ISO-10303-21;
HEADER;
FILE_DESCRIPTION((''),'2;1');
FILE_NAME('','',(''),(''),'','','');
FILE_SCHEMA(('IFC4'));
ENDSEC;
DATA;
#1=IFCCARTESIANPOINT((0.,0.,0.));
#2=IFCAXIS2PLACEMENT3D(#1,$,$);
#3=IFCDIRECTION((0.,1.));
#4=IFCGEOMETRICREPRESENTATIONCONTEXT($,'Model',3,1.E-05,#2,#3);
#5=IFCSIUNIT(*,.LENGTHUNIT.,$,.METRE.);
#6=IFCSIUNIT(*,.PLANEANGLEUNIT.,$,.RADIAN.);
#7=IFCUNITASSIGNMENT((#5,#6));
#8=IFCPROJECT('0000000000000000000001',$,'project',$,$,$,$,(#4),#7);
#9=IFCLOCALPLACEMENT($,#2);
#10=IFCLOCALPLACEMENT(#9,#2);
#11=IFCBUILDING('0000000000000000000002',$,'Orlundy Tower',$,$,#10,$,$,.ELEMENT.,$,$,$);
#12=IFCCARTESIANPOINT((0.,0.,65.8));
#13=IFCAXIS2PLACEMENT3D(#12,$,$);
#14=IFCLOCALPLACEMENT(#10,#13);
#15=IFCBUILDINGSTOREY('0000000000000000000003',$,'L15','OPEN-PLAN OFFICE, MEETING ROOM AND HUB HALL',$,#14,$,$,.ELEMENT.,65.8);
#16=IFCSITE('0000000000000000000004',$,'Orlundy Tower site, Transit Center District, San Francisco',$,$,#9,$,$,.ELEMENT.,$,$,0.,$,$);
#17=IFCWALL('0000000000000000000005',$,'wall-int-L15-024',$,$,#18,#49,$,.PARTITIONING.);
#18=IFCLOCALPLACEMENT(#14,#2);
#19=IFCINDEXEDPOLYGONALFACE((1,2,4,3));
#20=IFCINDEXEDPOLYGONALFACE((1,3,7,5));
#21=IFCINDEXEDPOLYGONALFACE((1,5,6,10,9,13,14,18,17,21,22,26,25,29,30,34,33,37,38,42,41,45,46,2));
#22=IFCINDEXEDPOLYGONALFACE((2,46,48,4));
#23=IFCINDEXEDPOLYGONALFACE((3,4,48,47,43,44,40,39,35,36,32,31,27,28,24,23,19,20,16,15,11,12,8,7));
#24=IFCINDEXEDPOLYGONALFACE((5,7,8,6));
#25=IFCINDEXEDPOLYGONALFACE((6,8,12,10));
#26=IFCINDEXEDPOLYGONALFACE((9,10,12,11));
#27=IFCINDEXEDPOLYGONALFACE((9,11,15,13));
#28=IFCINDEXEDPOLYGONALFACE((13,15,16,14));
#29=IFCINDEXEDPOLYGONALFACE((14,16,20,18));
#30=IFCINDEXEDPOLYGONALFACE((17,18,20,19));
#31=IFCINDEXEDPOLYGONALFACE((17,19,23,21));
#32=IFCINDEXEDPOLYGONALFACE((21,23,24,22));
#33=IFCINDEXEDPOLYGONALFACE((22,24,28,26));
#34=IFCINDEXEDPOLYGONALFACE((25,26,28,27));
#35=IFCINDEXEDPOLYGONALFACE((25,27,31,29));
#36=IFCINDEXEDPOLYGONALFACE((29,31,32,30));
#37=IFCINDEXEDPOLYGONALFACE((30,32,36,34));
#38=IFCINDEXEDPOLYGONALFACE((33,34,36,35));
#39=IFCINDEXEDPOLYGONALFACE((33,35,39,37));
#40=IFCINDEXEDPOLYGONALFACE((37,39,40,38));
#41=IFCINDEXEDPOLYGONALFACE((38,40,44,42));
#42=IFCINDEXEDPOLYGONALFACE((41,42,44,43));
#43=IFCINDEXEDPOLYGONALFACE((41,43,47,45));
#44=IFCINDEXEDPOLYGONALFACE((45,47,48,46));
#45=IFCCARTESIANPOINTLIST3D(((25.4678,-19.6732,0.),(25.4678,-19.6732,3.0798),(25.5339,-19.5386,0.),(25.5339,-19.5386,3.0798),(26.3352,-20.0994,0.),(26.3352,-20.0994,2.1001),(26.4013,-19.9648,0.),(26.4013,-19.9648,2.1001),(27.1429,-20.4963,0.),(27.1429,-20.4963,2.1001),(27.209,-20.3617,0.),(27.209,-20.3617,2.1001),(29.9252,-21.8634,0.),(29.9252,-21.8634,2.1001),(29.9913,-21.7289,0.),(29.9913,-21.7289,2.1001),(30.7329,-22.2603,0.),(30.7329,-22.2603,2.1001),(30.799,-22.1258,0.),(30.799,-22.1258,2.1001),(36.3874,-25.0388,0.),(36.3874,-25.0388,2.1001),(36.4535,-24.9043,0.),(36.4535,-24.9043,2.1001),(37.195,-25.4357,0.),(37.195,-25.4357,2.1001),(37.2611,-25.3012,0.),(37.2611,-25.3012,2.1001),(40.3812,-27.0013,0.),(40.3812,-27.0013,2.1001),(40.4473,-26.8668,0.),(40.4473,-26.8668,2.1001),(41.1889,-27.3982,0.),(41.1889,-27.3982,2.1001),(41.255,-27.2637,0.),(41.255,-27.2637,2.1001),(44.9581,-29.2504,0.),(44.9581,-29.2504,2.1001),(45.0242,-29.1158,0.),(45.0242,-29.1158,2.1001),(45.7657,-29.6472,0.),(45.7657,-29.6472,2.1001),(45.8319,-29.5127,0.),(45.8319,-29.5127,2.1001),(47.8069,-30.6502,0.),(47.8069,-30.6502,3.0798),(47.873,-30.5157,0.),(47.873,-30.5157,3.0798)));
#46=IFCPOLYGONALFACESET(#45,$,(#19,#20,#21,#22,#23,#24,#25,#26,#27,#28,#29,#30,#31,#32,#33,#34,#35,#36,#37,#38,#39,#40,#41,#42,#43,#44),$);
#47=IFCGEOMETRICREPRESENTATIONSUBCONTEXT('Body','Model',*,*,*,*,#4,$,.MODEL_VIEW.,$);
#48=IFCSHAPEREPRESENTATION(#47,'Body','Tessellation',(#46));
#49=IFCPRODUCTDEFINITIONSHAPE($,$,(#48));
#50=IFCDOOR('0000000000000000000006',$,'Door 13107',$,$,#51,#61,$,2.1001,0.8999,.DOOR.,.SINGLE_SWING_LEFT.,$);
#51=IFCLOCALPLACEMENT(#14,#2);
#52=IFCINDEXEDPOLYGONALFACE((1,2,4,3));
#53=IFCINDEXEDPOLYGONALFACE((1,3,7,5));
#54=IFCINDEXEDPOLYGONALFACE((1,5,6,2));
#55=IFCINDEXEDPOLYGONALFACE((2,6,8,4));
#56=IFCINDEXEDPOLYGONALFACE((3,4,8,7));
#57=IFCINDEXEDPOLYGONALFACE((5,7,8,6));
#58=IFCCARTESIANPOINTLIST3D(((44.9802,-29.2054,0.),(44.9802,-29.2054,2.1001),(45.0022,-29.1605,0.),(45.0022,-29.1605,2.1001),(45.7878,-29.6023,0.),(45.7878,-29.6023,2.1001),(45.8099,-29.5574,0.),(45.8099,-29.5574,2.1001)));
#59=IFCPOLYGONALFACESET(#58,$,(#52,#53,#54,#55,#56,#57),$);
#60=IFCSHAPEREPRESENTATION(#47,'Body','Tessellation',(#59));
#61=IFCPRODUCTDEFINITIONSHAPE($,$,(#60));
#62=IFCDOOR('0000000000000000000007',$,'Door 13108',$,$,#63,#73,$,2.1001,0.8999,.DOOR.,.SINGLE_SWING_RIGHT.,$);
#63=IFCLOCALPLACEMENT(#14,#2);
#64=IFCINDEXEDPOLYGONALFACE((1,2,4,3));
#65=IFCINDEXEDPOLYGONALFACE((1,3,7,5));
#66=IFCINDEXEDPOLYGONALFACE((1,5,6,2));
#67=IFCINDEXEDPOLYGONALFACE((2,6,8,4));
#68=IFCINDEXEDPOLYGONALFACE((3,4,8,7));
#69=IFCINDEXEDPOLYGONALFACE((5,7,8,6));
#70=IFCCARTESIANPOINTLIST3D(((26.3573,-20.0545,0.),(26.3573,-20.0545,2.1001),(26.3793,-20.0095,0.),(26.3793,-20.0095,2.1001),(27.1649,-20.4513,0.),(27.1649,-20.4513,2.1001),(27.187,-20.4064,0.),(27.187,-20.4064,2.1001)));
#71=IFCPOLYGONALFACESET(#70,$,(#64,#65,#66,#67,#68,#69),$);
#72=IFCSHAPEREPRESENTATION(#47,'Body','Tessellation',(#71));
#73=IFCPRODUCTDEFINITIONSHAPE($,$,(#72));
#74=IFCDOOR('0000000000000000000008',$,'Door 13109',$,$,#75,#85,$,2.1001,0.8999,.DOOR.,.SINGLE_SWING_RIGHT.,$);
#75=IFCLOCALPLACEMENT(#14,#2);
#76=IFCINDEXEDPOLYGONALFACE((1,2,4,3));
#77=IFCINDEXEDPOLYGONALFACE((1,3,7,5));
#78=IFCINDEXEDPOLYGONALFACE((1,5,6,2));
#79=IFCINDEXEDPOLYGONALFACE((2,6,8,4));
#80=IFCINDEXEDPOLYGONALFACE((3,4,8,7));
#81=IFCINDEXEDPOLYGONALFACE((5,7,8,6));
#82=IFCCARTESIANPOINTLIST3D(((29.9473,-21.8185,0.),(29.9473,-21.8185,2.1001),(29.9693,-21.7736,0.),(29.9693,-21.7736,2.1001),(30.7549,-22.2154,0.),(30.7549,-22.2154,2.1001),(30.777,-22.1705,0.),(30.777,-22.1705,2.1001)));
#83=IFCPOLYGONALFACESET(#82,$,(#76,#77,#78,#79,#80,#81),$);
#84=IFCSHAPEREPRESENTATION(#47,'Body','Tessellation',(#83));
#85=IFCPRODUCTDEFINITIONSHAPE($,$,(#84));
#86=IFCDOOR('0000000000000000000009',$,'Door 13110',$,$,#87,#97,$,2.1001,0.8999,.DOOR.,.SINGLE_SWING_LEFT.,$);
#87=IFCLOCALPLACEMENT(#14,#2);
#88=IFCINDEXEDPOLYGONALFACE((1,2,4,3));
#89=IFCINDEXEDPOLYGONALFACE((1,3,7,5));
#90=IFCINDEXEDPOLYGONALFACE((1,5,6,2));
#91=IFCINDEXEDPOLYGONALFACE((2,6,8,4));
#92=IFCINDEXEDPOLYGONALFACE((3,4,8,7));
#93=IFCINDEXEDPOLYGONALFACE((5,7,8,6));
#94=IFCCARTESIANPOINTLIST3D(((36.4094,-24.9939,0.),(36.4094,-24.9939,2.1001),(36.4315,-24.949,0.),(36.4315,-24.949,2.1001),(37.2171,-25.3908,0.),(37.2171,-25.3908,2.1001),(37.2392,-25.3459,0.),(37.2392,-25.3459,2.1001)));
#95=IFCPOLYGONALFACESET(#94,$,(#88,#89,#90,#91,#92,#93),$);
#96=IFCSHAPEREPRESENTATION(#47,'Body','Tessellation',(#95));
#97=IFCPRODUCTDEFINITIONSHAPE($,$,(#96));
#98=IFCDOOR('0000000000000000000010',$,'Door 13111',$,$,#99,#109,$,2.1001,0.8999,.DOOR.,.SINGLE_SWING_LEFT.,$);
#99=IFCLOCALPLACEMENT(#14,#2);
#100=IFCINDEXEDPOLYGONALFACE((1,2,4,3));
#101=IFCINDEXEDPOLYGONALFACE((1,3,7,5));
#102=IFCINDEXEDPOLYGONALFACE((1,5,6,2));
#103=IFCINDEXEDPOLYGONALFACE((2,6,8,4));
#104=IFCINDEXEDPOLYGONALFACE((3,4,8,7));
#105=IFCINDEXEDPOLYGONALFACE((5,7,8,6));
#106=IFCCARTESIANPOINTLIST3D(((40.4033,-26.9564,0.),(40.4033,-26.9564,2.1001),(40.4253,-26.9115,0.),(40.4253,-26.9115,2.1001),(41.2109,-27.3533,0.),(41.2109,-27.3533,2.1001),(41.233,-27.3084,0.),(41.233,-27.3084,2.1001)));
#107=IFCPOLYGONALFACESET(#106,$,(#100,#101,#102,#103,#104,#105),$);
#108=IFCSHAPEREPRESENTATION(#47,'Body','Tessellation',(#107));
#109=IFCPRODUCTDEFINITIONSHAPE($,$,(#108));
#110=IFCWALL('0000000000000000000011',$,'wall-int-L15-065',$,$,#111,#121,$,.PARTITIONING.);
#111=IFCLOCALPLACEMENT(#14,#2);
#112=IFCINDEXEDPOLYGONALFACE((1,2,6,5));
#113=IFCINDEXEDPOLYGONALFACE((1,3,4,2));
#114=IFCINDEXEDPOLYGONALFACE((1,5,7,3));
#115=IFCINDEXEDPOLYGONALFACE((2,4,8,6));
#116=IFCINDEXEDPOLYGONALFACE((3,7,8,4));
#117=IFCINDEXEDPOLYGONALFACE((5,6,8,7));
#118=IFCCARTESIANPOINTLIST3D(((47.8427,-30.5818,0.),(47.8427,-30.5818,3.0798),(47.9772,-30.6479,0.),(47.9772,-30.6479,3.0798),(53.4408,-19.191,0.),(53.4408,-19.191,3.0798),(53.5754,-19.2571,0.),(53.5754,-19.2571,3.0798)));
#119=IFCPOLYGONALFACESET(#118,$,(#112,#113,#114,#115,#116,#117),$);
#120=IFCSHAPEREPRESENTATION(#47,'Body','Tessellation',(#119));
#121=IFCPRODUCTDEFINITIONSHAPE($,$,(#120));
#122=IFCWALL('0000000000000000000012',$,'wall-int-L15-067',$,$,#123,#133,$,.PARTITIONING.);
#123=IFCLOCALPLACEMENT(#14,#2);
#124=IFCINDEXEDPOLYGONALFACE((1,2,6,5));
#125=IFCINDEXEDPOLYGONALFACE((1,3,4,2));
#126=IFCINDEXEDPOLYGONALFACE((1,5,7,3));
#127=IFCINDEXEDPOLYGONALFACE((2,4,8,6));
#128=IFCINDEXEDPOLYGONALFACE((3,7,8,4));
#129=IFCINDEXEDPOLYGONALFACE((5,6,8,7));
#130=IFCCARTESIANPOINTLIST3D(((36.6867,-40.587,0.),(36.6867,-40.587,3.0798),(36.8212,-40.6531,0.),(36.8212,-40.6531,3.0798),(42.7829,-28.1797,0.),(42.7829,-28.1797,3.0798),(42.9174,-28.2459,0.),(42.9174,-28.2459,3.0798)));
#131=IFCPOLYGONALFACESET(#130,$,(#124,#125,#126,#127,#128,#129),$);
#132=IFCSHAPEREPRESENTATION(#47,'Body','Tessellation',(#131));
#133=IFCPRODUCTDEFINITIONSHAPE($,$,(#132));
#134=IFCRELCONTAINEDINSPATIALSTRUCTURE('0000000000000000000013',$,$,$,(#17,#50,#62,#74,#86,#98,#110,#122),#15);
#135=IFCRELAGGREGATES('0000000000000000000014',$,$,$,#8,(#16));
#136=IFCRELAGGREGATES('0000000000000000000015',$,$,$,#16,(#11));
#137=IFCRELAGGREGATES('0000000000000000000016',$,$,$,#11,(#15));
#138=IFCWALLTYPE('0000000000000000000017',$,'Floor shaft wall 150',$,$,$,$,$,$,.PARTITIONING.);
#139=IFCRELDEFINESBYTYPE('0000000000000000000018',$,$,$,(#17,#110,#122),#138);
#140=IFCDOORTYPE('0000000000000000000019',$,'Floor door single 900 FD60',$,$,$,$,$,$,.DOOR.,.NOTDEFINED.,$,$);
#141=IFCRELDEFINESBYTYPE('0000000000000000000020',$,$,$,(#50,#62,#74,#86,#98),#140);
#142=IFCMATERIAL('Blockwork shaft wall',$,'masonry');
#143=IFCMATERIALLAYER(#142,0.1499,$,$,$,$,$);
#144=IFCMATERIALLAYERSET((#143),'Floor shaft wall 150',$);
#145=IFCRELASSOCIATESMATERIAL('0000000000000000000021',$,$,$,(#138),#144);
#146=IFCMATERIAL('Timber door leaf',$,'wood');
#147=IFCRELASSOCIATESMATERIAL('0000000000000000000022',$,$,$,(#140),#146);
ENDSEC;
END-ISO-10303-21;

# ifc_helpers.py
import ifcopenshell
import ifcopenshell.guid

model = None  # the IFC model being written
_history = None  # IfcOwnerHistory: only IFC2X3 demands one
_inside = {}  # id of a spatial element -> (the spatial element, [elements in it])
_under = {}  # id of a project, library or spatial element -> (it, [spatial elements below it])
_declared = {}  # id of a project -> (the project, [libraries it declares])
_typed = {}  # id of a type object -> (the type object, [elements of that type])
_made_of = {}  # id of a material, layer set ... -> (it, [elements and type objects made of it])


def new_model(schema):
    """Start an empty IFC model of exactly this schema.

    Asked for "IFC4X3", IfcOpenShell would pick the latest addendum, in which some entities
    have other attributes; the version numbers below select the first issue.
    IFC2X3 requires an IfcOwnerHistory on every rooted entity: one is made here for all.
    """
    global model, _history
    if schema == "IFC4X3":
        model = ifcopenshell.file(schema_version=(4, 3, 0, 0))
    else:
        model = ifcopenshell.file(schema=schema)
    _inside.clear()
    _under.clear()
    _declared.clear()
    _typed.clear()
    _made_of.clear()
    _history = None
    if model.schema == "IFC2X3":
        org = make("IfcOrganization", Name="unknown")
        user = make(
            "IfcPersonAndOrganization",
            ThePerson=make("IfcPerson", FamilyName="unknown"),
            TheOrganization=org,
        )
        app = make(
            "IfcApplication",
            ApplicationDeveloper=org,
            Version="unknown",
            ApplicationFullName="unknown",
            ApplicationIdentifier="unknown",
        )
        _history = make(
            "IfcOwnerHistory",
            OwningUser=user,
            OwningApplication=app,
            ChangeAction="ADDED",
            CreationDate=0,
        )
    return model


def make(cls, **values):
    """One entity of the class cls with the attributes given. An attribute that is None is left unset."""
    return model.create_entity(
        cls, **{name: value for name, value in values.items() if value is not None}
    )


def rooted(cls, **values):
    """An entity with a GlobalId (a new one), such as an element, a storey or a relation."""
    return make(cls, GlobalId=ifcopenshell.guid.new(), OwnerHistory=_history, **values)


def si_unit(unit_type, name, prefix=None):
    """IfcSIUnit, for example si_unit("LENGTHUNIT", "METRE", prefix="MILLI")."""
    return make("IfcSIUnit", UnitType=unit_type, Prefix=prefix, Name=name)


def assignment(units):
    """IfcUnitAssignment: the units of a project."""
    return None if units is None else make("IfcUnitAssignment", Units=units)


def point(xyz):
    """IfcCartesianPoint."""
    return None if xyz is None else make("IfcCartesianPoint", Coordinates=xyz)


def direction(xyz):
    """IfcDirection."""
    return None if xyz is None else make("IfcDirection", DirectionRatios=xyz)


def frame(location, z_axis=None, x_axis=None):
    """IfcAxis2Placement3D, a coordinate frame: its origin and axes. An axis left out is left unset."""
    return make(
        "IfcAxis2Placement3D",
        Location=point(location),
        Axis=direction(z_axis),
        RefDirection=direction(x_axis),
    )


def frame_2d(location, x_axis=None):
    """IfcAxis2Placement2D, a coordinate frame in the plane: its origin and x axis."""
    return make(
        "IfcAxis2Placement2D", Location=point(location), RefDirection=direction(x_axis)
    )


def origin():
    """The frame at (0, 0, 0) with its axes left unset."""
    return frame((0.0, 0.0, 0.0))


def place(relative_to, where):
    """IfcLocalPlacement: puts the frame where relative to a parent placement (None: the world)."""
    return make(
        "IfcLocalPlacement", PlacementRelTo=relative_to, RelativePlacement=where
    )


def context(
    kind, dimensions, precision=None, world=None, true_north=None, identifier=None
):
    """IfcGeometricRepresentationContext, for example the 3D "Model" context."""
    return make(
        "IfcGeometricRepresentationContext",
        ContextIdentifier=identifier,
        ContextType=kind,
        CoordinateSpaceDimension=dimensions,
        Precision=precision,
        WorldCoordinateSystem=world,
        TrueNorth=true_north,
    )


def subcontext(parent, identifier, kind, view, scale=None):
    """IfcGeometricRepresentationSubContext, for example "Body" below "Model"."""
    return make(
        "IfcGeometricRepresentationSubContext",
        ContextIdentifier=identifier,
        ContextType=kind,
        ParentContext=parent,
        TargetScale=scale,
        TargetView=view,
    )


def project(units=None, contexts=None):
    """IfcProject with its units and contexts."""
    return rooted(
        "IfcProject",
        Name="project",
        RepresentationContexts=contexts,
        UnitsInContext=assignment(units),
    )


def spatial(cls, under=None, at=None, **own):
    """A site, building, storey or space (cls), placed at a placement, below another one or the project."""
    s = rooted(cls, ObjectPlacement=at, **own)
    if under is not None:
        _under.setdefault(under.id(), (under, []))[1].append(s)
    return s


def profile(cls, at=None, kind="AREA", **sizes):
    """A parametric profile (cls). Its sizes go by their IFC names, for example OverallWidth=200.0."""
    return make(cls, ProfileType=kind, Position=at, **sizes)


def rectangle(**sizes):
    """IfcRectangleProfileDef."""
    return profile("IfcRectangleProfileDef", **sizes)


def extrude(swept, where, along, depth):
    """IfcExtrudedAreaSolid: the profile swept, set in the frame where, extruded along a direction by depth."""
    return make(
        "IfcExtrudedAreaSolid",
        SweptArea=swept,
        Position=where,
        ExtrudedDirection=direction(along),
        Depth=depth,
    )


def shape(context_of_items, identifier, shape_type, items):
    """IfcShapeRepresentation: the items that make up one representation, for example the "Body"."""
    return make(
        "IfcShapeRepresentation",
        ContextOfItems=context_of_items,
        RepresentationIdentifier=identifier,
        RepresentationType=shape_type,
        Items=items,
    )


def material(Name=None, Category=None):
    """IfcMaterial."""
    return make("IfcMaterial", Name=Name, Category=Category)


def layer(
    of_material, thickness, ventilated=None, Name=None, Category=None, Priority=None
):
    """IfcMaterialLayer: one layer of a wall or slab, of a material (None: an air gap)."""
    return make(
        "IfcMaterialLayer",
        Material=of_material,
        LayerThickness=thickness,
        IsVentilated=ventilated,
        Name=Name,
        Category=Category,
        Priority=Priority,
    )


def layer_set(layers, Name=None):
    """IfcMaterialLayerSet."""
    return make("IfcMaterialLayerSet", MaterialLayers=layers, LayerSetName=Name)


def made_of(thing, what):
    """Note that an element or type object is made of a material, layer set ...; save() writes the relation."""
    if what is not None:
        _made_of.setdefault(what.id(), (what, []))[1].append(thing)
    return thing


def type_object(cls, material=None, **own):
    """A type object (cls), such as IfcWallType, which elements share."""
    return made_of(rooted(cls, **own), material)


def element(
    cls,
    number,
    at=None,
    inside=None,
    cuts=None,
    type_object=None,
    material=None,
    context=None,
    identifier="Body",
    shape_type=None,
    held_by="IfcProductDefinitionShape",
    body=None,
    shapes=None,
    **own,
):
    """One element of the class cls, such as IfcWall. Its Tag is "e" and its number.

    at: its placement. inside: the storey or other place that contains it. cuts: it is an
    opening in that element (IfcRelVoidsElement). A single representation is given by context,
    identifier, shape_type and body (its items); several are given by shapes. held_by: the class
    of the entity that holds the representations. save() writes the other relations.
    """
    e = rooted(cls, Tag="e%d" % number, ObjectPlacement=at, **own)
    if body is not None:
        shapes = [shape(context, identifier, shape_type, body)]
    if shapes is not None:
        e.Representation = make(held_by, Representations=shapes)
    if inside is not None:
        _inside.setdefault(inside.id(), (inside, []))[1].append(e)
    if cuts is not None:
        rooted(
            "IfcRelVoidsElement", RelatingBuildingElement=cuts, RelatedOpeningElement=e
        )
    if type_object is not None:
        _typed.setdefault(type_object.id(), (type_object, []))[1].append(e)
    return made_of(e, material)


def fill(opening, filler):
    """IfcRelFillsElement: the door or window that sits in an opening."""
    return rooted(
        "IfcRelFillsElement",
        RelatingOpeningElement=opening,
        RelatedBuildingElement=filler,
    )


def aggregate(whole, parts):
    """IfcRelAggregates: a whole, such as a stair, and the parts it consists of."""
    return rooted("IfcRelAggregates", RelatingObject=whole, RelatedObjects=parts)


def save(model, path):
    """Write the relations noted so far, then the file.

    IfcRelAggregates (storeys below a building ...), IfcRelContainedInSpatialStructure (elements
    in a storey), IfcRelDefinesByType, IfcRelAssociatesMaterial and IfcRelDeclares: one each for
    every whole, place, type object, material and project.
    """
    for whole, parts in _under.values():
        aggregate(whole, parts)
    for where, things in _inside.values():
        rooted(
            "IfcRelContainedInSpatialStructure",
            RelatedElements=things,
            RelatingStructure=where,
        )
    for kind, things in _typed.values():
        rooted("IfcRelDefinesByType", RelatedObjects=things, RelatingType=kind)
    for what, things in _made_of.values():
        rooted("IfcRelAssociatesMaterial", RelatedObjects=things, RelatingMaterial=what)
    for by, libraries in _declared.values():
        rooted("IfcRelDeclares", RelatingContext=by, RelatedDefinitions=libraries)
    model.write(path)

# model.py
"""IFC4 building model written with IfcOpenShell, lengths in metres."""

from ifc_helpers import new_model, si_unit, direction, frame, frame_2d, origin, place, context, subcontext, project, spatial, rectangle, extrude, material, layer, layer_set, type_object, element, fill, save


model = new_model("IFC4")

# Units and contexts
model_context = context("Model", 3, precision=1e-05, world=origin(), true_north=direction((0.0, 1.0)))
body_context = subcontext(model_context, "Body", "Model", "MODEL_VIEW")
ifc_project = project(units=[si_unit("LENGTHUNIT", "METRE"), si_unit("PLANEANGLEUNIT", "RADIAN")], contexts=[model_context])

# Site, building, storey
site_placement = place(None, origin())
site = spatial("IfcSite", under=ifc_project, at=site_placement, Name="Orlundy Tower site, Transit Center District, San Francisco", CompositionType="ELEMENT", RefElevation=0.0)
building_placement = place(site_placement, origin())
building = spatial("IfcBuilding", under=site, at=building_placement, Name="Orlundy Tower", CompositionType="ELEMENT")
storey_placement = place(building_placement, frame((0.0, 0.0, 65.8)))
storey = spatial("IfcBuildingStorey", under=building, at=storey_placement, Name="L15", Description="OPEN-PLAN OFFICE, MEETING ROOM AND HUB HALL", CompositionType="ELEMENT", Elevation=65.8)

# Wall, openings, doors
ifc_material_1 = material(Name="Blockwork shaft wall", Category="masonry")
ifc_layer_1 = layer(ifc_material_1, 0.1499)
ifc_layer_set_1 = layer_set([ifc_layer_1], Name="Floor shaft wall 150")
wall_type_1 = type_object("IfcWallType", Name="Floor shaft wall 150", PredefinedType="PARTITIONING", material=ifc_layer_set_1)
wall_1_placement = place(storey_placement, frame((47.8401, -30.583, 0.0), z_axis=(0.0, 0.0, 1.0), x_axis=(-0.897499, 0.441016, 0.0)))
wall_1 = element("IfcWall", 1, at=wall_1_placement, inside=storey, type_object=wall_type_1, Name="wall-int-L15-024", PredefinedType="PARTITIONING", context=body_context, shape_type="SweptSolid", body=[
    extrude(rectangle(XDim=24.8904, YDim=0.1499, at=frame_2d((12.4453, 0.0))), origin(), (0.0, 0.0, 1.0), 3.0798),
])
opening_1_placement = place(wall_1_placement, frame((2.2744, 0.0, 0.0)))
opening_1 = element("IfcOpeningElement", 2, at=opening_1_placement, cuts=wall_1, PredefinedType="OPENING", context=body_context, shape_type="SweptSolid", body=[
    extrude(rectangle(XDim=0.8999, YDim=2.1001, at=frame_2d((0.45, 1.05))), frame((0.0, 0.085, 0.0), z_axis=(0.0, -1.0, 0.0), x_axis=(1.0, 0.0, 0.0)), (0.0, 0.0, 1.0), 0.1699),
])
opening_2_placement = place(wall_1_placement, frame((23.0242, 0.0, 0.0)))
opening_2 = element("IfcOpeningElement", 3, at=opening_2_placement, cuts=wall_1, PredefinedType="OPENING", context=body_context, shape_type="SweptSolid", body=[
    extrude(rectangle(XDim=0.8999, YDim=2.1001, at=frame_2d((0.45, 1.05))), frame((0.0, 0.085, 0.0), z_axis=(0.0, -1.0, 0.0), x_axis=(1.0, 0.0, 0.0)), (0.0, 0.0, 1.0), 0.1699),
])
opening_3_placement = place(wall_1_placement, frame((19.0242, 0.0, 0.0)))
opening_3 = element("IfcOpeningElement", 4, at=opening_3_placement, cuts=wall_1, PredefinedType="OPENING", context=body_context, shape_type="SweptSolid", body=[
    extrude(rectangle(XDim=0.8999, YDim=2.1001, at=frame_2d((0.45, 1.05))), frame((0.0, 0.085, 0.0), z_axis=(0.0, -1.0, 0.0), x_axis=(1.0, 0.0, 0.0)), (0.0, 0.0, 1.0), 0.1699),
])
opening_4_placement = place(wall_1_placement, frame((11.824, 0.0, 0.0)))
opening_4 = element("IfcOpeningElement", 5, at=opening_4_placement, cuts=wall_1, PredefinedType="OPENING", context=body_context, shape_type="SweptSolid", body=[
    extrude(rectangle(XDim=0.8999, YDim=2.1001, at=frame_2d((0.45, 1.05))), frame((0.0, 0.085, 0.0), z_axis=(0.0, -1.0, 0.0), x_axis=(1.0, 0.0, 0.0)), (0.0, 0.0, 1.0), 0.1699),
])
opening_5_placement = place(wall_1_placement, frame((7.374, 0.0, 0.0)))
opening_5 = element("IfcOpeningElement", 6, at=opening_5_placement, cuts=wall_1, PredefinedType="OPENING", context=body_context, shape_type="SweptSolid", body=[
    extrude(rectangle(XDim=0.8999, YDim=2.1001, at=frame_2d((0.45, 1.05))), frame((0.0, 0.085, 0.0), z_axis=(0.0, -1.0, 0.0), x_axis=(1.0, 0.0, 0.0)), (0.0, 0.0, 1.0), 0.1699),
])
ifc_material_2 = material(Name="Timber door leaf", Category="wood")
door_type = type_object("IfcDoorType", Name="Floor door single 900 FD60", OperationType="NOTDEFINED", PredefinedType="DOOR", material=ifc_material_2)
door_1_placement = place(opening_1_placement, origin())
door_1 = element("IfcDoor", 7, at=door_1_placement, inside=storey, type_object=door_type, Name="Door 13107", OperationType="SINGLE_SWING_LEFT", OverallHeight=2.1001, OverallWidth=0.8999, PredefinedType="DOOR", context=body_context, shape_type="SweptSolid", body=[
    extrude(rectangle(XDim=0.8999, YDim=2.1001, at=frame_2d((0.45, 1.05))), frame((0.0, 0.0249, 0.0), z_axis=(0.0, -1.0, 0.0), x_axis=(1.0, 0.0, 0.0)), (0.0, 0.0, 1.0), 0.05),
])
fill(opening_1, door_1)
door_2_placement = place(opening_2_placement, origin())
door_2 = element("IfcDoor", 8, at=door_2_placement, inside=storey, type_object=door_type, Name="Door 13108", OperationType="SINGLE_SWING_RIGHT", OverallHeight=2.1001, OverallWidth=0.8999, PredefinedType="DOOR", context=body_context, shape_type="SweptSolid", body=[
    extrude(rectangle(XDim=0.8999, YDim=2.1001, at=frame_2d((0.45, 1.05))), frame((0.0, 0.0249, 0.0), z_axis=(0.0, -1.0, 0.0), x_axis=(1.0, 0.0, 0.0)), (0.0, 0.0, 1.0), 0.05),
])
fill(opening_2, door_2)
door_3_placement = place(opening_3_placement, origin())
door_3 = element("IfcDoor", 9, at=door_3_placement, inside=storey, type_object=door_type, Name="Door 13109", OperationType="SINGLE_SWING_RIGHT", OverallHeight=2.1001, OverallWidth=0.8999, PredefinedType="DOOR", context=body_context, shape_type="SweptSolid", body=[
    extrude(rectangle(XDim=0.8999, YDim=2.1001, at=frame_2d((0.45, 1.05))), frame((0.0, 0.0249, 0.0), z_axis=(0.0, -1.0, 0.0), x_axis=(1.0, 0.0, 0.0)), (0.0, 0.0, 1.0), 0.05),
])
fill(opening_3, door_3)
door_4_placement = place(opening_4_placement, origin())
door_4 = element("IfcDoor", 10, at=door_4_placement, inside=storey, type_object=door_type, Name="Door 13110", OperationType="SINGLE_SWING_LEFT", OverallHeight=2.1001, OverallWidth=0.8999, PredefinedType="DOOR", context=body_context, shape_type="SweptSolid", body=[
    extrude(rectangle(XDim=0.8999, YDim=2.1001, at=frame_2d((0.45, 1.05))), frame((0.0, 0.0249, 0.0), z_axis=(0.0, -1.0, 0.0), x_axis=(1.0, 0.0, 0.0)), (0.0, 0.0, 1.0), 0.05),
])
fill(opening_4, door_4)
door_5_placement = place(opening_5_placement, origin())
door_5 = element("IfcDoor", 11, at=door_5_placement, inside=storey, type_object=door_type, Name="Door 13111", OperationType="SINGLE_SWING_LEFT", OverallHeight=2.1001, OverallWidth=0.8999, PredefinedType="DOOR", context=body_context, shape_type="SweptSolid", body=[
    extrude(rectangle(XDim=0.8999, YDim=2.1001, at=frame_2d((0.45, 1.05))), frame((0.0, 0.0249, 0.0), z_axis=(0.0, -1.0, 0.0), x_axis=(1.0, 0.0, 0.0)), (0.0, 0.0, 1.0), 0.05),
])
fill(opening_5, door_5)

# Walls
wall_2_placement = place(storey_placement, frame((47.9099, -30.615, 0.0), z_axis=(0.0, 0.0, 1.0), x_axis=(0.441071, 0.897472, 0.0)))
element("IfcWall", 12, at=wall_2_placement, inside=storey, type_object=wall_type_1, Name="wall-int-L15-065", PredefinedType="PARTITIONING", context=body_context, shape_type="SweptSolid", body=[
    extrude(rectangle(XDim=12.6921, YDim=0.1499, at=frame_2d((6.3462, 0.0))), origin(), (0.0, 0.0, 1.0), 3.0798),
])
wall_3_placement = place(storey_placement, frame((36.7539, -40.6201, 0.0), z_axis=(0.0, 0.0, 1.0), x_axis=(0.440986, 0.897514, 0.0)))
element("IfcWall", 13, at=wall_3_placement, inside=storey, type_object=wall_type_1, Name="wall-int-L15-067", PredefinedType="PARTITIONING", context=body_context, shape_type="SweptSolid", body=[
    extrude(rectangle(XDim=13.824, YDim=0.1499, at=frame_2d((6.9121, 0.0))), origin(), (0.0, 0.0, 1.0), 3.0798),
])

save(model, "model.ifc")
